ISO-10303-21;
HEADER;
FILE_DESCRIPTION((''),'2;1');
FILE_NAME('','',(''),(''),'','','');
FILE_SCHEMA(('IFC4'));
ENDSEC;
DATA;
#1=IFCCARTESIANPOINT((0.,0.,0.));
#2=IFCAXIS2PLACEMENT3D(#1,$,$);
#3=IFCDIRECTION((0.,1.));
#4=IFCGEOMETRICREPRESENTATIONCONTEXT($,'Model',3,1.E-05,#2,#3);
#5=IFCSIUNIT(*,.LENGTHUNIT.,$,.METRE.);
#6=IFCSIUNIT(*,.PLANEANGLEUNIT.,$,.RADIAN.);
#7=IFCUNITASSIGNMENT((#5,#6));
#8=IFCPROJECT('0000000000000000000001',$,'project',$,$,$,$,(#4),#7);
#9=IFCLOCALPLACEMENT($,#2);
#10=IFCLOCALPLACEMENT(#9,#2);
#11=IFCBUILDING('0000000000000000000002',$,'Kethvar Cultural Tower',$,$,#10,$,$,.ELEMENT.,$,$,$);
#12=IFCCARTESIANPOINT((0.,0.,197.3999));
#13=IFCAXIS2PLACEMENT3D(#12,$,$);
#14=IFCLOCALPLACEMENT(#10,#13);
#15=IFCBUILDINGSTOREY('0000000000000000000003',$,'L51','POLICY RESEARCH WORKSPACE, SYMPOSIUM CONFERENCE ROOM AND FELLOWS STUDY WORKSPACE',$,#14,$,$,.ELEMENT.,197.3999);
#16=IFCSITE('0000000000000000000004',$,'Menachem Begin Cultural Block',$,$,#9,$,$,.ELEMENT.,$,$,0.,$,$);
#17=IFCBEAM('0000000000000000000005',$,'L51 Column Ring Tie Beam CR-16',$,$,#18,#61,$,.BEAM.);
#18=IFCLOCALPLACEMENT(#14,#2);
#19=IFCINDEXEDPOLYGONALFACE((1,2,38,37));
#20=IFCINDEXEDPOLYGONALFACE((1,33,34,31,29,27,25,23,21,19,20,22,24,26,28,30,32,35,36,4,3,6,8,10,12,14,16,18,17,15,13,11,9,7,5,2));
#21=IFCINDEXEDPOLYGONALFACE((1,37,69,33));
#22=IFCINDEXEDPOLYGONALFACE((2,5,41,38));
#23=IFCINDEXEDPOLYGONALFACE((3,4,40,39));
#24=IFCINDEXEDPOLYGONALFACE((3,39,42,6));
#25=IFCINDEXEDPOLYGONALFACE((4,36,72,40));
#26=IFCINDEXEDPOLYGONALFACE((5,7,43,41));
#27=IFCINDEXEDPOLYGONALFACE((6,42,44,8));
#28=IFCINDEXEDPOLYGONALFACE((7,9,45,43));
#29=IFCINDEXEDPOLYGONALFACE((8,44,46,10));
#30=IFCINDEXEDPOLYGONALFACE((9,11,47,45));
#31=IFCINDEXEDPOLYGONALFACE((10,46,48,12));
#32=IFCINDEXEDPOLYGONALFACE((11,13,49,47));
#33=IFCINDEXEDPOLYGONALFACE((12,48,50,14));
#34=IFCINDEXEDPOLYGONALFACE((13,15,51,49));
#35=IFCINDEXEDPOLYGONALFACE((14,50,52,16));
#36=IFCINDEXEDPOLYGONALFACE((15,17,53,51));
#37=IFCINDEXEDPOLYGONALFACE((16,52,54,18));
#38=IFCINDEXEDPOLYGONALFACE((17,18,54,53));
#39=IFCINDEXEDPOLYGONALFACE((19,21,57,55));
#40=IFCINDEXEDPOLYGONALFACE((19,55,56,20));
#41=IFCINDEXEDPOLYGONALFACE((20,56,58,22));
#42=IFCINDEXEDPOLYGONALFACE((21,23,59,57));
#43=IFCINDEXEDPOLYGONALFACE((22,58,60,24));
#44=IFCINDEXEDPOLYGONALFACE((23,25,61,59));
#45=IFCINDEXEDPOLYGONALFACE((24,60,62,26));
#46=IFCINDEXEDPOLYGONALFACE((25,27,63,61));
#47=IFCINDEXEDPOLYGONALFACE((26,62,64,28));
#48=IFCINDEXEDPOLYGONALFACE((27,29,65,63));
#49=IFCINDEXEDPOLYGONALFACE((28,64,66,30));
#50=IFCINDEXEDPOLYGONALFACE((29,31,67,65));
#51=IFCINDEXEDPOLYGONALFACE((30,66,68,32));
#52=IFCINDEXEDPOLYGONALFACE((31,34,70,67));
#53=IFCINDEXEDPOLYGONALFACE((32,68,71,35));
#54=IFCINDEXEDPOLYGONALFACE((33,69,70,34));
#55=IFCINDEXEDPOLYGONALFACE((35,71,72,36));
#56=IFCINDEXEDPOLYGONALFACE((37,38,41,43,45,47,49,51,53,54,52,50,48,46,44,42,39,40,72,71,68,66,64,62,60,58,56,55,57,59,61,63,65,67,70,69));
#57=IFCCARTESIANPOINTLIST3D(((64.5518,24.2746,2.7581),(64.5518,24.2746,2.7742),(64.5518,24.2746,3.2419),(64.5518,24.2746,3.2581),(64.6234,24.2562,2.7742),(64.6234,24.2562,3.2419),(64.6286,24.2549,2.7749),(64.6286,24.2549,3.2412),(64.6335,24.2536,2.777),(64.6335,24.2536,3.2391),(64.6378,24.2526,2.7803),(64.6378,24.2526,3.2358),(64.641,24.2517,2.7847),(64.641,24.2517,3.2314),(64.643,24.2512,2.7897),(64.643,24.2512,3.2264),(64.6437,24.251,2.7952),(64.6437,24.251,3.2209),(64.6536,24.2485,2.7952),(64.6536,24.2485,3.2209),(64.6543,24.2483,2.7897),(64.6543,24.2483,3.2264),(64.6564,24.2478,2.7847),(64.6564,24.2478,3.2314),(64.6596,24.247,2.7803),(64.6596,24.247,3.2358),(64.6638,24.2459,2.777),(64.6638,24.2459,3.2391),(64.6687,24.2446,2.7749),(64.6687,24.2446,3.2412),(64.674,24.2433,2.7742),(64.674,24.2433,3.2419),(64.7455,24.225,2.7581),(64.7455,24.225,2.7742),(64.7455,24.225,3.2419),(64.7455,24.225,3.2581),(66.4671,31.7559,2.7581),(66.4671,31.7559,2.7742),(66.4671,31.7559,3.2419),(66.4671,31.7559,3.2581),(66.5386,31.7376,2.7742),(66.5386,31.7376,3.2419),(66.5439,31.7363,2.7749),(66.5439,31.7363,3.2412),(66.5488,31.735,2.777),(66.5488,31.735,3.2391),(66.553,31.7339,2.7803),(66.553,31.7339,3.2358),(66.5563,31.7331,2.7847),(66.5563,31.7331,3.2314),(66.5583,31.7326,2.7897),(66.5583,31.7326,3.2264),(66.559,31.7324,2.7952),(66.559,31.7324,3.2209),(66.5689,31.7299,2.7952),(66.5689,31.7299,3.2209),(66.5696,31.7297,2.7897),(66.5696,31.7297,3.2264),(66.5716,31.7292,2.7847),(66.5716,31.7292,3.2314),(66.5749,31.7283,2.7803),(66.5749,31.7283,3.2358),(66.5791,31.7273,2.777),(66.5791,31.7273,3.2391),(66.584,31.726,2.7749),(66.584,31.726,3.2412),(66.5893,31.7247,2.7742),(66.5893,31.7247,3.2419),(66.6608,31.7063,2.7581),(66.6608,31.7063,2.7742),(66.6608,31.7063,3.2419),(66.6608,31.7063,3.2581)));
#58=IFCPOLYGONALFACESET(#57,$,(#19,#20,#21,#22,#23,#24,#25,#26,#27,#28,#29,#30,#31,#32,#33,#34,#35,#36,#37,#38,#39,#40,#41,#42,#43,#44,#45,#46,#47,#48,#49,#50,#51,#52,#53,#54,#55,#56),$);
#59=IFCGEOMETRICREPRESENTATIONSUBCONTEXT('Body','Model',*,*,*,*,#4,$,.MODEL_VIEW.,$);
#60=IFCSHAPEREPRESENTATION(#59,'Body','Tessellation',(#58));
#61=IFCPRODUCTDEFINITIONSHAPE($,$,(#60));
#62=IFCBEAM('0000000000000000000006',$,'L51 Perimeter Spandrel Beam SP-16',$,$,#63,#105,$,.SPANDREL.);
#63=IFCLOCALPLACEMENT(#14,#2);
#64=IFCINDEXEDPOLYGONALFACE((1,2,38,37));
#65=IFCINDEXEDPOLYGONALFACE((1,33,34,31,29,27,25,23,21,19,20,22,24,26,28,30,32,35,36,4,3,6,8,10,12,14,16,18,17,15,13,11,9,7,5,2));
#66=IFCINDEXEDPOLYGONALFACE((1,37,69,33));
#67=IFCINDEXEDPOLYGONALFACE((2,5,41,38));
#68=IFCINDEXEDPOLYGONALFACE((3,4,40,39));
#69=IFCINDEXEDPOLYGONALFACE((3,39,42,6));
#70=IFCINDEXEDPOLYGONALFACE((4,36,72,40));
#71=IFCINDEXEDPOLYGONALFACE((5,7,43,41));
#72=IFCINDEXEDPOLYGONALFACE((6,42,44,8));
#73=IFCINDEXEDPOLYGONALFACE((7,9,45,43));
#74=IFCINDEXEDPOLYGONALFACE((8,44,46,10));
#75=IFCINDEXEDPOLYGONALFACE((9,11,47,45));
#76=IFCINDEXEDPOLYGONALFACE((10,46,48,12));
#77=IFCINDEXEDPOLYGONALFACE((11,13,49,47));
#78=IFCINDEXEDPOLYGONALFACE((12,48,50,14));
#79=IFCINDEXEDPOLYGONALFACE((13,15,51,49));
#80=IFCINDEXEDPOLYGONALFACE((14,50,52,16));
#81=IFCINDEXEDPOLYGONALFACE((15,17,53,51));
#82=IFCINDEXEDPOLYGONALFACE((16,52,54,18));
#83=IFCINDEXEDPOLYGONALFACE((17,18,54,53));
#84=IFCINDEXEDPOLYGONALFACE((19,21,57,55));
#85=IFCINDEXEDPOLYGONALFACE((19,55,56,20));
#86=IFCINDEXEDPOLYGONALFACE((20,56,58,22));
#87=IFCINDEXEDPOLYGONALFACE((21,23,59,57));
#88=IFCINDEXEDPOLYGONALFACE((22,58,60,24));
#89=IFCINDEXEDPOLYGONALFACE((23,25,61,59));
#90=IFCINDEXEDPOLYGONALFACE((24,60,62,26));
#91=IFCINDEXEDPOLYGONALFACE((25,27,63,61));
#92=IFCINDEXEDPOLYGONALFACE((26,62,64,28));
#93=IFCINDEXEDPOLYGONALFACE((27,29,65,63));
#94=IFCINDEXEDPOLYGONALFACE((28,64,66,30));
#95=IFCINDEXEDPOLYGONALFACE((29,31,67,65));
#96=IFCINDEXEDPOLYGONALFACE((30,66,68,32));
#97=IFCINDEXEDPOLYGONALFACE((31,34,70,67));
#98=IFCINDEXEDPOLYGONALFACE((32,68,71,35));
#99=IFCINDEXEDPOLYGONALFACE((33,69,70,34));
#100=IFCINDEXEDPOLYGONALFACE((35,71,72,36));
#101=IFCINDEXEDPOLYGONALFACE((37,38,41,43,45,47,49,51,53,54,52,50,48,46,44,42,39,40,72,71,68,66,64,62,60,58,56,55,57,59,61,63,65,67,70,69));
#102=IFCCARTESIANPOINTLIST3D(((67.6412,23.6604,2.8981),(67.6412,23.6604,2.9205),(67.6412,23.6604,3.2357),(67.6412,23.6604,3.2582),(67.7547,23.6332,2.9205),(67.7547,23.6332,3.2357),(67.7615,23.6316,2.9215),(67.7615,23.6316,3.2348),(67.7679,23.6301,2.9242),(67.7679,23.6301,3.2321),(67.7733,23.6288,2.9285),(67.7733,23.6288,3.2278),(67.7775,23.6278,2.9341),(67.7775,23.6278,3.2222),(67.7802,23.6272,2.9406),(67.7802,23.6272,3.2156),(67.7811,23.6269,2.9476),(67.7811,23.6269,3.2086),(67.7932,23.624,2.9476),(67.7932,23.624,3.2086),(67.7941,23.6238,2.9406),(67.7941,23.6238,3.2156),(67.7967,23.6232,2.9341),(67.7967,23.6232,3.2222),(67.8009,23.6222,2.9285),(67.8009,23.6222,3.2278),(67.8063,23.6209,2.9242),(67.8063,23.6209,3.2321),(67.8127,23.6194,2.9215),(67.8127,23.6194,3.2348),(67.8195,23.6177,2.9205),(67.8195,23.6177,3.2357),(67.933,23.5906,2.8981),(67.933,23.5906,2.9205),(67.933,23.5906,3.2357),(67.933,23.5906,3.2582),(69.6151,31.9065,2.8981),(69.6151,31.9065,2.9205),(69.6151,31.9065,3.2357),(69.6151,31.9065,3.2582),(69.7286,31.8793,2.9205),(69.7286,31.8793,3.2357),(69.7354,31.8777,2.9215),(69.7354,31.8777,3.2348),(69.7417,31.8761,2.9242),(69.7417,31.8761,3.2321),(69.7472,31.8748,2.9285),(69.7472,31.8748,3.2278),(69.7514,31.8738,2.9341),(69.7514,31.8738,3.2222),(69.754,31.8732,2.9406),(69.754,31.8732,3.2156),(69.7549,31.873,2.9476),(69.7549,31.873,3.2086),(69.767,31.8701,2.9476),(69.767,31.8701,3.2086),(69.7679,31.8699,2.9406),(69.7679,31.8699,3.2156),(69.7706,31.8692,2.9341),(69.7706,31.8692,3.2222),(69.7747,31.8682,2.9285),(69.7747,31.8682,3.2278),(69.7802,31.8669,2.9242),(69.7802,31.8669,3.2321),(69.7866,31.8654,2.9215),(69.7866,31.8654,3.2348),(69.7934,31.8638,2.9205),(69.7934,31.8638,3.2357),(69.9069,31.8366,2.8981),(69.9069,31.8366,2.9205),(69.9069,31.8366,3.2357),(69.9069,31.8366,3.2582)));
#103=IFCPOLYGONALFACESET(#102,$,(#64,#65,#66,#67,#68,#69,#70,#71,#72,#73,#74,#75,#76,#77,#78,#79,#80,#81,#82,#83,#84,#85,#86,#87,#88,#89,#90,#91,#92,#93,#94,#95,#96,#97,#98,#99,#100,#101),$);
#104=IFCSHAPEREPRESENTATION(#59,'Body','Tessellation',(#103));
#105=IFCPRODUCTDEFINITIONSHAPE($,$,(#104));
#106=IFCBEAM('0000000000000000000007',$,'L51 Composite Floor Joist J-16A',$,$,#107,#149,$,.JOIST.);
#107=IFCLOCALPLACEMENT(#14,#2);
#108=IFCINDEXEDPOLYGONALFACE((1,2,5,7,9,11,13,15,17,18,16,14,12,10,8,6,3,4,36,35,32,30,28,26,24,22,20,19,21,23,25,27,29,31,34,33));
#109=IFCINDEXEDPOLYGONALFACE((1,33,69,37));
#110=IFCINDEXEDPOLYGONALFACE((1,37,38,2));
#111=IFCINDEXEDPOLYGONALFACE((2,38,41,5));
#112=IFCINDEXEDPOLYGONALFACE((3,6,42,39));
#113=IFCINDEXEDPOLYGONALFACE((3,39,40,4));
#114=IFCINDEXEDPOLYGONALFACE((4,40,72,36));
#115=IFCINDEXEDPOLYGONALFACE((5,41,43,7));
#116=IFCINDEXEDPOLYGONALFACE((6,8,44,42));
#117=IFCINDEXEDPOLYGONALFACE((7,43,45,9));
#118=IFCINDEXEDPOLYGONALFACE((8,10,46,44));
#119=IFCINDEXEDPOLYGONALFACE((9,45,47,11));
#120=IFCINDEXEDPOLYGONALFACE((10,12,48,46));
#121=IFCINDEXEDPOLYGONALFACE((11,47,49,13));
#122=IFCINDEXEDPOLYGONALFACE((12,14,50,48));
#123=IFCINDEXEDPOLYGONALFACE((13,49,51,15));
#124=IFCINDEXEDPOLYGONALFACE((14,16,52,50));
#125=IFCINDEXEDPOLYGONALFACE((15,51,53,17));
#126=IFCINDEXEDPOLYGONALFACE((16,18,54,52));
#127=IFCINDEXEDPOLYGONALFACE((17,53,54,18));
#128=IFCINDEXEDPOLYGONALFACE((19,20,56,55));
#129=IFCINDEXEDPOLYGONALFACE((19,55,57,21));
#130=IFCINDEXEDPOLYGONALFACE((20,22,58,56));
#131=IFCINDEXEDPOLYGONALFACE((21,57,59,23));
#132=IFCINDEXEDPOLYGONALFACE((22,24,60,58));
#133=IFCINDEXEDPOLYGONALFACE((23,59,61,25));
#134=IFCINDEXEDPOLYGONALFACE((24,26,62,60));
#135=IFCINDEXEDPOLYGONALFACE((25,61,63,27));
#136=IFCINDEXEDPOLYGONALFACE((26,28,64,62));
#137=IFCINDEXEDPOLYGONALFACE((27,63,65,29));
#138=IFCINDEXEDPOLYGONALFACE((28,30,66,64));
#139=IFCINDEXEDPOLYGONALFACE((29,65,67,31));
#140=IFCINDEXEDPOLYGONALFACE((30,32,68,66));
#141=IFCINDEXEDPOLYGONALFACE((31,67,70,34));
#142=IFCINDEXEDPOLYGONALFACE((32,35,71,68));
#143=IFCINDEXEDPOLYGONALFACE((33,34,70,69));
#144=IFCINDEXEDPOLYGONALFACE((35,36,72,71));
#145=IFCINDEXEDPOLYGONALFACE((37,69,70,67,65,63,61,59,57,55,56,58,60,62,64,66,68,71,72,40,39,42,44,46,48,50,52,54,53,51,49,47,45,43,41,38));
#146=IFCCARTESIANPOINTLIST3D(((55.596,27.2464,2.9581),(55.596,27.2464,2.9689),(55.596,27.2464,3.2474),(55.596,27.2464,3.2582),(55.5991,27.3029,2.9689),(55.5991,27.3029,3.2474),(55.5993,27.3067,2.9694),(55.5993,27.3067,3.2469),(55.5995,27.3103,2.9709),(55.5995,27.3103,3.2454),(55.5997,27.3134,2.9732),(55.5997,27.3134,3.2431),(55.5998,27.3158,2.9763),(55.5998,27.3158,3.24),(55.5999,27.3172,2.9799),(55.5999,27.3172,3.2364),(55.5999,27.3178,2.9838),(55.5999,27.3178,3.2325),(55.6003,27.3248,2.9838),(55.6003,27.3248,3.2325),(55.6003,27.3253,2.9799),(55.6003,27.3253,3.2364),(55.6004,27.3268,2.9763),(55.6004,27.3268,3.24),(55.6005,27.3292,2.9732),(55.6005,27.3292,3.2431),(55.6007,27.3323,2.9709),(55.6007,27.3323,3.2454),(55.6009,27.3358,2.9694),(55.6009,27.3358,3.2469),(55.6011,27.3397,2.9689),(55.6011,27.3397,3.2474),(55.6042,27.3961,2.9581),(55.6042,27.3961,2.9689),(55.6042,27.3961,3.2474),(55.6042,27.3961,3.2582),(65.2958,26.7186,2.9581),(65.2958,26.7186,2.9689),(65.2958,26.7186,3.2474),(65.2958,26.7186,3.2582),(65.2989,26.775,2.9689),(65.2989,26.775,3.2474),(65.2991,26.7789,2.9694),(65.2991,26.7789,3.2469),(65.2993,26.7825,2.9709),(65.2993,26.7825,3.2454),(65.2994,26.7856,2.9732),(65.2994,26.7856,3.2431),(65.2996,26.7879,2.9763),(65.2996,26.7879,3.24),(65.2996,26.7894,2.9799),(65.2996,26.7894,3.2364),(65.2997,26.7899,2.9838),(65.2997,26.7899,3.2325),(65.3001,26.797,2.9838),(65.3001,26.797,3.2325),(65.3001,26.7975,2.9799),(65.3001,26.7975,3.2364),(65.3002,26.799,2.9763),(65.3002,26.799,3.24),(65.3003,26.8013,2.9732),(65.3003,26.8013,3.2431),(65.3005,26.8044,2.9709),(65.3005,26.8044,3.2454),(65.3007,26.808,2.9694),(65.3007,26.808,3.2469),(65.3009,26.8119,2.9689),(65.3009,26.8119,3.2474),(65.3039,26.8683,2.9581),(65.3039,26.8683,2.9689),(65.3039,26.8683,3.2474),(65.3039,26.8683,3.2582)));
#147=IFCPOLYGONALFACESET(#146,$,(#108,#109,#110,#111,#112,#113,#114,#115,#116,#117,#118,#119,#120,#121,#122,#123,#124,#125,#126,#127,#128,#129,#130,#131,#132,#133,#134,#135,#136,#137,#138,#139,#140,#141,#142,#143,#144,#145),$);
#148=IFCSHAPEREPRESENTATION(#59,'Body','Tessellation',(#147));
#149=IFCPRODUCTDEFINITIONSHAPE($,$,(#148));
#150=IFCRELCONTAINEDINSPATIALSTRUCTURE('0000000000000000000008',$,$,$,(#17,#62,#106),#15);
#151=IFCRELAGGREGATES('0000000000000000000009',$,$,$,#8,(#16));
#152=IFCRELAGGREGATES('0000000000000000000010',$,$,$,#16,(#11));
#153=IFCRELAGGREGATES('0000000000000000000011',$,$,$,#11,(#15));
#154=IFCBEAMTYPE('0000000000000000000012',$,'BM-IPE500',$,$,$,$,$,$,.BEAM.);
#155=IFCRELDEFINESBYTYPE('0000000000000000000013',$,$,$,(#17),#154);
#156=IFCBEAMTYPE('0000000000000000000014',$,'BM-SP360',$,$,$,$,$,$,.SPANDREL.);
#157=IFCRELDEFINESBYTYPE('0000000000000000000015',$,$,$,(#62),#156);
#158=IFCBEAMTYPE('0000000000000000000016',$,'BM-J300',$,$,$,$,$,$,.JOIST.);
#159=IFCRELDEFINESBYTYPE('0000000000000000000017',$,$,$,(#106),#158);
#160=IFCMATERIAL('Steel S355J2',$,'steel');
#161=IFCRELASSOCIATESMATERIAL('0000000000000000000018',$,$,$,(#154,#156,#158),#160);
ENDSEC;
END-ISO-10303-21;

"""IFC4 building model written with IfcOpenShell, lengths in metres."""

from ifc_helpers import new_model, si_unit, direction, frame, origin, origin_2d, place, context, subcontext, project, spatial, i_section, extrude, source, transform, mapped, material, material_profile, profile_set, type_object, element, save


model = new_model("IFC4")

# Units and contexts
model_context = context("Model", 3, precision=1e-05, world=origin(), true_north=direction((0.0, 1.0)))
body_context = subcontext(model_context, "Body", "Model", "MODEL_VIEW")
ifc_project = project(units=[si_unit("LENGTHUNIT", "METRE"), si_unit("PLANEANGLEUNIT", "RADIAN")], contexts=[model_context])

# Site, building, storey
site_placement = place(None, origin())
site = spatial("IfcSite", under=ifc_project, at=site_placement, Name="Menachem Begin Cultural Block", CompositionType="ELEMENT", RefElevation=0.0)
building_placement = place(site_placement, origin())
building = spatial("IfcBuilding", under=site, at=building_placement, Name="Kethvar Cultural Tower", CompositionType="ELEMENT")
storey_placement = place(building_placement, frame((0.0, 0.0, 197.3999)))
storey = spatial("IfcBuildingStorey", under=building, at=storey_placement, Name="L51", Description="POLICY RESEARCH WORKSPACE, SYMPOSIUM CONFERENCE ROOM AND FELLOWS STUDY WORKSPACE", CompositionType="ELEMENT", Elevation=197.3999)

# Beams
ifc_material_1 = material(Name="Steel S355J2", Category="steel")
ifc_material_profile_1 = material_profile(ifc_material_1, i_section(OverallWidth=0.2, OverallDepth=0.5, WebThickness=0.0103, FlangeThickness=0.0161, FilletRadius=0.021, at=origin_2d()), Name="Steel S355J2 — IPE500")
ifc_profile_set_1 = profile_set([ifc_material_profile_1], Name="Steel S355J2 — IPE500")
beam_type_1 = type_object("IfcBeamType", Name="BM-IPE500", PredefinedType="BEAM", material=ifc_profile_set_1)
shared_shape_1 = source(origin(), body_context, "Body", "SweptSolid", [
    extrude(i_section(OverallWidth=0.2, OverallDepth=0.5, WebThickness=0.0103, FlangeThickness=0.0161, FilletRadius=0.021, at=origin_2d()), origin(), (0.0, 0.0, 1.0), 7.7227),
])
beam_1_placement = place(storey_placement, frame((64.6487, 24.2498, 3.0081), z_axis=(0.248006, 0.968758, 0.0), x_axis=(-0.968758, 0.248006, 0.0)))
element("IfcBeam", 1, at=beam_1_placement, inside=storey, type_object=beam_type_1, Name="L51 Column Ring Tie Beam CR-16", PredefinedType="BEAM", context=body_context, shape_type="MappedRepresentation", body=[
    mapped(shared_shape_1, transform((0.0, 0.0, 0.0), scale=1.0)),
])
ifc_material_profile_2 = material_profile(ifc_material_1, i_section(OverallWidth=0.3, OverallDepth=0.3601, WebThickness=0.0125, FlangeThickness=0.0225, FilletRadius=0.0271, at=origin_2d()), Name="Steel S355J2 — HEB360")
ifc_profile_set_2 = profile_set([ifc_material_profile_2], Name="Steel S355J2 — HEB360")
beam_type_2 = type_object("IfcBeamType", Name="BM-SP360", PredefinedType="SPANDREL", material=ifc_profile_set_2)
shared_shape_2 = source(origin(), body_context, "Body", "SweptSolid", [
    extrude(i_section(OverallWidth=0.3, OverallDepth=0.3601, WebThickness=0.0125, FlangeThickness=0.0225, FilletRadius=0.0271, at=origin_2d()), origin(), (0.0, 0.0, 1.0), 8.479),
])
beam_2_placement = place(storey_placement, frame((67.7871, 23.6255, 3.0781), z_axis=(0.232795, 0.972526, 0.0), x_axis=(-0.972526, 0.232795, 0.0)))
element("IfcBeam", 2, at=beam_2_placement, inside=storey, type_object=beam_type_2, Name="L51 Perimeter Spandrel Beam SP-16", PredefinedType="SPANDREL", context=body_context, shape_type="MappedRepresentation", body=[
    mapped(shared_shape_2, transform((0.0, 0.0, 0.0), scale=1.0)),
])
ifc_material_profile_3 = material_profile(ifc_material_1, i_section(OverallWidth=0.1499, OverallDepth=0.3, WebThickness=0.0071, FlangeThickness=0.0107, FilletRadius=0.0149, at=origin_2d()), Name="Steel S355J2 — IPE300")
ifc_profile_set_3 = profile_set([ifc_material_profile_3], Name="Steel S355J2 — IPE300")
beam_type_3 = type_object("IfcBeamType", Name="BM-J300", PredefinedType="JOIST", material=ifc_profile_set_3)
shared_shape_3 = source(origin(), body_context, "Body", "SweptSolid", [
    extrude(i_section(OverallWidth=0.1499, OverallDepth=0.3, WebThickness=0.0071, FlangeThickness=0.0107, FilletRadius=0.0149, at=origin_2d()), origin(), (0.0, 0.0, 1.0), 9.7141),
])
beam_3_placement = place(storey_placement, frame((55.6001, 27.3213, 3.1082), z_axis=(0.998523, -0.054337, 0.0), x_axis=(0.054337, 0.998523, 0.0)))
element("IfcBeam", 3, at=beam_3_placement, inside=storey, type_object=beam_type_3, Name="L51 Composite Floor Joist J-16A", PredefinedType="JOIST", context=body_context, shape_type="MappedRepresentation", body=[
    mapped(shared_shape_3, transform((0.0, 0.0, 0.0), scale=1.0)),
])

save(model, "model.ifc")
